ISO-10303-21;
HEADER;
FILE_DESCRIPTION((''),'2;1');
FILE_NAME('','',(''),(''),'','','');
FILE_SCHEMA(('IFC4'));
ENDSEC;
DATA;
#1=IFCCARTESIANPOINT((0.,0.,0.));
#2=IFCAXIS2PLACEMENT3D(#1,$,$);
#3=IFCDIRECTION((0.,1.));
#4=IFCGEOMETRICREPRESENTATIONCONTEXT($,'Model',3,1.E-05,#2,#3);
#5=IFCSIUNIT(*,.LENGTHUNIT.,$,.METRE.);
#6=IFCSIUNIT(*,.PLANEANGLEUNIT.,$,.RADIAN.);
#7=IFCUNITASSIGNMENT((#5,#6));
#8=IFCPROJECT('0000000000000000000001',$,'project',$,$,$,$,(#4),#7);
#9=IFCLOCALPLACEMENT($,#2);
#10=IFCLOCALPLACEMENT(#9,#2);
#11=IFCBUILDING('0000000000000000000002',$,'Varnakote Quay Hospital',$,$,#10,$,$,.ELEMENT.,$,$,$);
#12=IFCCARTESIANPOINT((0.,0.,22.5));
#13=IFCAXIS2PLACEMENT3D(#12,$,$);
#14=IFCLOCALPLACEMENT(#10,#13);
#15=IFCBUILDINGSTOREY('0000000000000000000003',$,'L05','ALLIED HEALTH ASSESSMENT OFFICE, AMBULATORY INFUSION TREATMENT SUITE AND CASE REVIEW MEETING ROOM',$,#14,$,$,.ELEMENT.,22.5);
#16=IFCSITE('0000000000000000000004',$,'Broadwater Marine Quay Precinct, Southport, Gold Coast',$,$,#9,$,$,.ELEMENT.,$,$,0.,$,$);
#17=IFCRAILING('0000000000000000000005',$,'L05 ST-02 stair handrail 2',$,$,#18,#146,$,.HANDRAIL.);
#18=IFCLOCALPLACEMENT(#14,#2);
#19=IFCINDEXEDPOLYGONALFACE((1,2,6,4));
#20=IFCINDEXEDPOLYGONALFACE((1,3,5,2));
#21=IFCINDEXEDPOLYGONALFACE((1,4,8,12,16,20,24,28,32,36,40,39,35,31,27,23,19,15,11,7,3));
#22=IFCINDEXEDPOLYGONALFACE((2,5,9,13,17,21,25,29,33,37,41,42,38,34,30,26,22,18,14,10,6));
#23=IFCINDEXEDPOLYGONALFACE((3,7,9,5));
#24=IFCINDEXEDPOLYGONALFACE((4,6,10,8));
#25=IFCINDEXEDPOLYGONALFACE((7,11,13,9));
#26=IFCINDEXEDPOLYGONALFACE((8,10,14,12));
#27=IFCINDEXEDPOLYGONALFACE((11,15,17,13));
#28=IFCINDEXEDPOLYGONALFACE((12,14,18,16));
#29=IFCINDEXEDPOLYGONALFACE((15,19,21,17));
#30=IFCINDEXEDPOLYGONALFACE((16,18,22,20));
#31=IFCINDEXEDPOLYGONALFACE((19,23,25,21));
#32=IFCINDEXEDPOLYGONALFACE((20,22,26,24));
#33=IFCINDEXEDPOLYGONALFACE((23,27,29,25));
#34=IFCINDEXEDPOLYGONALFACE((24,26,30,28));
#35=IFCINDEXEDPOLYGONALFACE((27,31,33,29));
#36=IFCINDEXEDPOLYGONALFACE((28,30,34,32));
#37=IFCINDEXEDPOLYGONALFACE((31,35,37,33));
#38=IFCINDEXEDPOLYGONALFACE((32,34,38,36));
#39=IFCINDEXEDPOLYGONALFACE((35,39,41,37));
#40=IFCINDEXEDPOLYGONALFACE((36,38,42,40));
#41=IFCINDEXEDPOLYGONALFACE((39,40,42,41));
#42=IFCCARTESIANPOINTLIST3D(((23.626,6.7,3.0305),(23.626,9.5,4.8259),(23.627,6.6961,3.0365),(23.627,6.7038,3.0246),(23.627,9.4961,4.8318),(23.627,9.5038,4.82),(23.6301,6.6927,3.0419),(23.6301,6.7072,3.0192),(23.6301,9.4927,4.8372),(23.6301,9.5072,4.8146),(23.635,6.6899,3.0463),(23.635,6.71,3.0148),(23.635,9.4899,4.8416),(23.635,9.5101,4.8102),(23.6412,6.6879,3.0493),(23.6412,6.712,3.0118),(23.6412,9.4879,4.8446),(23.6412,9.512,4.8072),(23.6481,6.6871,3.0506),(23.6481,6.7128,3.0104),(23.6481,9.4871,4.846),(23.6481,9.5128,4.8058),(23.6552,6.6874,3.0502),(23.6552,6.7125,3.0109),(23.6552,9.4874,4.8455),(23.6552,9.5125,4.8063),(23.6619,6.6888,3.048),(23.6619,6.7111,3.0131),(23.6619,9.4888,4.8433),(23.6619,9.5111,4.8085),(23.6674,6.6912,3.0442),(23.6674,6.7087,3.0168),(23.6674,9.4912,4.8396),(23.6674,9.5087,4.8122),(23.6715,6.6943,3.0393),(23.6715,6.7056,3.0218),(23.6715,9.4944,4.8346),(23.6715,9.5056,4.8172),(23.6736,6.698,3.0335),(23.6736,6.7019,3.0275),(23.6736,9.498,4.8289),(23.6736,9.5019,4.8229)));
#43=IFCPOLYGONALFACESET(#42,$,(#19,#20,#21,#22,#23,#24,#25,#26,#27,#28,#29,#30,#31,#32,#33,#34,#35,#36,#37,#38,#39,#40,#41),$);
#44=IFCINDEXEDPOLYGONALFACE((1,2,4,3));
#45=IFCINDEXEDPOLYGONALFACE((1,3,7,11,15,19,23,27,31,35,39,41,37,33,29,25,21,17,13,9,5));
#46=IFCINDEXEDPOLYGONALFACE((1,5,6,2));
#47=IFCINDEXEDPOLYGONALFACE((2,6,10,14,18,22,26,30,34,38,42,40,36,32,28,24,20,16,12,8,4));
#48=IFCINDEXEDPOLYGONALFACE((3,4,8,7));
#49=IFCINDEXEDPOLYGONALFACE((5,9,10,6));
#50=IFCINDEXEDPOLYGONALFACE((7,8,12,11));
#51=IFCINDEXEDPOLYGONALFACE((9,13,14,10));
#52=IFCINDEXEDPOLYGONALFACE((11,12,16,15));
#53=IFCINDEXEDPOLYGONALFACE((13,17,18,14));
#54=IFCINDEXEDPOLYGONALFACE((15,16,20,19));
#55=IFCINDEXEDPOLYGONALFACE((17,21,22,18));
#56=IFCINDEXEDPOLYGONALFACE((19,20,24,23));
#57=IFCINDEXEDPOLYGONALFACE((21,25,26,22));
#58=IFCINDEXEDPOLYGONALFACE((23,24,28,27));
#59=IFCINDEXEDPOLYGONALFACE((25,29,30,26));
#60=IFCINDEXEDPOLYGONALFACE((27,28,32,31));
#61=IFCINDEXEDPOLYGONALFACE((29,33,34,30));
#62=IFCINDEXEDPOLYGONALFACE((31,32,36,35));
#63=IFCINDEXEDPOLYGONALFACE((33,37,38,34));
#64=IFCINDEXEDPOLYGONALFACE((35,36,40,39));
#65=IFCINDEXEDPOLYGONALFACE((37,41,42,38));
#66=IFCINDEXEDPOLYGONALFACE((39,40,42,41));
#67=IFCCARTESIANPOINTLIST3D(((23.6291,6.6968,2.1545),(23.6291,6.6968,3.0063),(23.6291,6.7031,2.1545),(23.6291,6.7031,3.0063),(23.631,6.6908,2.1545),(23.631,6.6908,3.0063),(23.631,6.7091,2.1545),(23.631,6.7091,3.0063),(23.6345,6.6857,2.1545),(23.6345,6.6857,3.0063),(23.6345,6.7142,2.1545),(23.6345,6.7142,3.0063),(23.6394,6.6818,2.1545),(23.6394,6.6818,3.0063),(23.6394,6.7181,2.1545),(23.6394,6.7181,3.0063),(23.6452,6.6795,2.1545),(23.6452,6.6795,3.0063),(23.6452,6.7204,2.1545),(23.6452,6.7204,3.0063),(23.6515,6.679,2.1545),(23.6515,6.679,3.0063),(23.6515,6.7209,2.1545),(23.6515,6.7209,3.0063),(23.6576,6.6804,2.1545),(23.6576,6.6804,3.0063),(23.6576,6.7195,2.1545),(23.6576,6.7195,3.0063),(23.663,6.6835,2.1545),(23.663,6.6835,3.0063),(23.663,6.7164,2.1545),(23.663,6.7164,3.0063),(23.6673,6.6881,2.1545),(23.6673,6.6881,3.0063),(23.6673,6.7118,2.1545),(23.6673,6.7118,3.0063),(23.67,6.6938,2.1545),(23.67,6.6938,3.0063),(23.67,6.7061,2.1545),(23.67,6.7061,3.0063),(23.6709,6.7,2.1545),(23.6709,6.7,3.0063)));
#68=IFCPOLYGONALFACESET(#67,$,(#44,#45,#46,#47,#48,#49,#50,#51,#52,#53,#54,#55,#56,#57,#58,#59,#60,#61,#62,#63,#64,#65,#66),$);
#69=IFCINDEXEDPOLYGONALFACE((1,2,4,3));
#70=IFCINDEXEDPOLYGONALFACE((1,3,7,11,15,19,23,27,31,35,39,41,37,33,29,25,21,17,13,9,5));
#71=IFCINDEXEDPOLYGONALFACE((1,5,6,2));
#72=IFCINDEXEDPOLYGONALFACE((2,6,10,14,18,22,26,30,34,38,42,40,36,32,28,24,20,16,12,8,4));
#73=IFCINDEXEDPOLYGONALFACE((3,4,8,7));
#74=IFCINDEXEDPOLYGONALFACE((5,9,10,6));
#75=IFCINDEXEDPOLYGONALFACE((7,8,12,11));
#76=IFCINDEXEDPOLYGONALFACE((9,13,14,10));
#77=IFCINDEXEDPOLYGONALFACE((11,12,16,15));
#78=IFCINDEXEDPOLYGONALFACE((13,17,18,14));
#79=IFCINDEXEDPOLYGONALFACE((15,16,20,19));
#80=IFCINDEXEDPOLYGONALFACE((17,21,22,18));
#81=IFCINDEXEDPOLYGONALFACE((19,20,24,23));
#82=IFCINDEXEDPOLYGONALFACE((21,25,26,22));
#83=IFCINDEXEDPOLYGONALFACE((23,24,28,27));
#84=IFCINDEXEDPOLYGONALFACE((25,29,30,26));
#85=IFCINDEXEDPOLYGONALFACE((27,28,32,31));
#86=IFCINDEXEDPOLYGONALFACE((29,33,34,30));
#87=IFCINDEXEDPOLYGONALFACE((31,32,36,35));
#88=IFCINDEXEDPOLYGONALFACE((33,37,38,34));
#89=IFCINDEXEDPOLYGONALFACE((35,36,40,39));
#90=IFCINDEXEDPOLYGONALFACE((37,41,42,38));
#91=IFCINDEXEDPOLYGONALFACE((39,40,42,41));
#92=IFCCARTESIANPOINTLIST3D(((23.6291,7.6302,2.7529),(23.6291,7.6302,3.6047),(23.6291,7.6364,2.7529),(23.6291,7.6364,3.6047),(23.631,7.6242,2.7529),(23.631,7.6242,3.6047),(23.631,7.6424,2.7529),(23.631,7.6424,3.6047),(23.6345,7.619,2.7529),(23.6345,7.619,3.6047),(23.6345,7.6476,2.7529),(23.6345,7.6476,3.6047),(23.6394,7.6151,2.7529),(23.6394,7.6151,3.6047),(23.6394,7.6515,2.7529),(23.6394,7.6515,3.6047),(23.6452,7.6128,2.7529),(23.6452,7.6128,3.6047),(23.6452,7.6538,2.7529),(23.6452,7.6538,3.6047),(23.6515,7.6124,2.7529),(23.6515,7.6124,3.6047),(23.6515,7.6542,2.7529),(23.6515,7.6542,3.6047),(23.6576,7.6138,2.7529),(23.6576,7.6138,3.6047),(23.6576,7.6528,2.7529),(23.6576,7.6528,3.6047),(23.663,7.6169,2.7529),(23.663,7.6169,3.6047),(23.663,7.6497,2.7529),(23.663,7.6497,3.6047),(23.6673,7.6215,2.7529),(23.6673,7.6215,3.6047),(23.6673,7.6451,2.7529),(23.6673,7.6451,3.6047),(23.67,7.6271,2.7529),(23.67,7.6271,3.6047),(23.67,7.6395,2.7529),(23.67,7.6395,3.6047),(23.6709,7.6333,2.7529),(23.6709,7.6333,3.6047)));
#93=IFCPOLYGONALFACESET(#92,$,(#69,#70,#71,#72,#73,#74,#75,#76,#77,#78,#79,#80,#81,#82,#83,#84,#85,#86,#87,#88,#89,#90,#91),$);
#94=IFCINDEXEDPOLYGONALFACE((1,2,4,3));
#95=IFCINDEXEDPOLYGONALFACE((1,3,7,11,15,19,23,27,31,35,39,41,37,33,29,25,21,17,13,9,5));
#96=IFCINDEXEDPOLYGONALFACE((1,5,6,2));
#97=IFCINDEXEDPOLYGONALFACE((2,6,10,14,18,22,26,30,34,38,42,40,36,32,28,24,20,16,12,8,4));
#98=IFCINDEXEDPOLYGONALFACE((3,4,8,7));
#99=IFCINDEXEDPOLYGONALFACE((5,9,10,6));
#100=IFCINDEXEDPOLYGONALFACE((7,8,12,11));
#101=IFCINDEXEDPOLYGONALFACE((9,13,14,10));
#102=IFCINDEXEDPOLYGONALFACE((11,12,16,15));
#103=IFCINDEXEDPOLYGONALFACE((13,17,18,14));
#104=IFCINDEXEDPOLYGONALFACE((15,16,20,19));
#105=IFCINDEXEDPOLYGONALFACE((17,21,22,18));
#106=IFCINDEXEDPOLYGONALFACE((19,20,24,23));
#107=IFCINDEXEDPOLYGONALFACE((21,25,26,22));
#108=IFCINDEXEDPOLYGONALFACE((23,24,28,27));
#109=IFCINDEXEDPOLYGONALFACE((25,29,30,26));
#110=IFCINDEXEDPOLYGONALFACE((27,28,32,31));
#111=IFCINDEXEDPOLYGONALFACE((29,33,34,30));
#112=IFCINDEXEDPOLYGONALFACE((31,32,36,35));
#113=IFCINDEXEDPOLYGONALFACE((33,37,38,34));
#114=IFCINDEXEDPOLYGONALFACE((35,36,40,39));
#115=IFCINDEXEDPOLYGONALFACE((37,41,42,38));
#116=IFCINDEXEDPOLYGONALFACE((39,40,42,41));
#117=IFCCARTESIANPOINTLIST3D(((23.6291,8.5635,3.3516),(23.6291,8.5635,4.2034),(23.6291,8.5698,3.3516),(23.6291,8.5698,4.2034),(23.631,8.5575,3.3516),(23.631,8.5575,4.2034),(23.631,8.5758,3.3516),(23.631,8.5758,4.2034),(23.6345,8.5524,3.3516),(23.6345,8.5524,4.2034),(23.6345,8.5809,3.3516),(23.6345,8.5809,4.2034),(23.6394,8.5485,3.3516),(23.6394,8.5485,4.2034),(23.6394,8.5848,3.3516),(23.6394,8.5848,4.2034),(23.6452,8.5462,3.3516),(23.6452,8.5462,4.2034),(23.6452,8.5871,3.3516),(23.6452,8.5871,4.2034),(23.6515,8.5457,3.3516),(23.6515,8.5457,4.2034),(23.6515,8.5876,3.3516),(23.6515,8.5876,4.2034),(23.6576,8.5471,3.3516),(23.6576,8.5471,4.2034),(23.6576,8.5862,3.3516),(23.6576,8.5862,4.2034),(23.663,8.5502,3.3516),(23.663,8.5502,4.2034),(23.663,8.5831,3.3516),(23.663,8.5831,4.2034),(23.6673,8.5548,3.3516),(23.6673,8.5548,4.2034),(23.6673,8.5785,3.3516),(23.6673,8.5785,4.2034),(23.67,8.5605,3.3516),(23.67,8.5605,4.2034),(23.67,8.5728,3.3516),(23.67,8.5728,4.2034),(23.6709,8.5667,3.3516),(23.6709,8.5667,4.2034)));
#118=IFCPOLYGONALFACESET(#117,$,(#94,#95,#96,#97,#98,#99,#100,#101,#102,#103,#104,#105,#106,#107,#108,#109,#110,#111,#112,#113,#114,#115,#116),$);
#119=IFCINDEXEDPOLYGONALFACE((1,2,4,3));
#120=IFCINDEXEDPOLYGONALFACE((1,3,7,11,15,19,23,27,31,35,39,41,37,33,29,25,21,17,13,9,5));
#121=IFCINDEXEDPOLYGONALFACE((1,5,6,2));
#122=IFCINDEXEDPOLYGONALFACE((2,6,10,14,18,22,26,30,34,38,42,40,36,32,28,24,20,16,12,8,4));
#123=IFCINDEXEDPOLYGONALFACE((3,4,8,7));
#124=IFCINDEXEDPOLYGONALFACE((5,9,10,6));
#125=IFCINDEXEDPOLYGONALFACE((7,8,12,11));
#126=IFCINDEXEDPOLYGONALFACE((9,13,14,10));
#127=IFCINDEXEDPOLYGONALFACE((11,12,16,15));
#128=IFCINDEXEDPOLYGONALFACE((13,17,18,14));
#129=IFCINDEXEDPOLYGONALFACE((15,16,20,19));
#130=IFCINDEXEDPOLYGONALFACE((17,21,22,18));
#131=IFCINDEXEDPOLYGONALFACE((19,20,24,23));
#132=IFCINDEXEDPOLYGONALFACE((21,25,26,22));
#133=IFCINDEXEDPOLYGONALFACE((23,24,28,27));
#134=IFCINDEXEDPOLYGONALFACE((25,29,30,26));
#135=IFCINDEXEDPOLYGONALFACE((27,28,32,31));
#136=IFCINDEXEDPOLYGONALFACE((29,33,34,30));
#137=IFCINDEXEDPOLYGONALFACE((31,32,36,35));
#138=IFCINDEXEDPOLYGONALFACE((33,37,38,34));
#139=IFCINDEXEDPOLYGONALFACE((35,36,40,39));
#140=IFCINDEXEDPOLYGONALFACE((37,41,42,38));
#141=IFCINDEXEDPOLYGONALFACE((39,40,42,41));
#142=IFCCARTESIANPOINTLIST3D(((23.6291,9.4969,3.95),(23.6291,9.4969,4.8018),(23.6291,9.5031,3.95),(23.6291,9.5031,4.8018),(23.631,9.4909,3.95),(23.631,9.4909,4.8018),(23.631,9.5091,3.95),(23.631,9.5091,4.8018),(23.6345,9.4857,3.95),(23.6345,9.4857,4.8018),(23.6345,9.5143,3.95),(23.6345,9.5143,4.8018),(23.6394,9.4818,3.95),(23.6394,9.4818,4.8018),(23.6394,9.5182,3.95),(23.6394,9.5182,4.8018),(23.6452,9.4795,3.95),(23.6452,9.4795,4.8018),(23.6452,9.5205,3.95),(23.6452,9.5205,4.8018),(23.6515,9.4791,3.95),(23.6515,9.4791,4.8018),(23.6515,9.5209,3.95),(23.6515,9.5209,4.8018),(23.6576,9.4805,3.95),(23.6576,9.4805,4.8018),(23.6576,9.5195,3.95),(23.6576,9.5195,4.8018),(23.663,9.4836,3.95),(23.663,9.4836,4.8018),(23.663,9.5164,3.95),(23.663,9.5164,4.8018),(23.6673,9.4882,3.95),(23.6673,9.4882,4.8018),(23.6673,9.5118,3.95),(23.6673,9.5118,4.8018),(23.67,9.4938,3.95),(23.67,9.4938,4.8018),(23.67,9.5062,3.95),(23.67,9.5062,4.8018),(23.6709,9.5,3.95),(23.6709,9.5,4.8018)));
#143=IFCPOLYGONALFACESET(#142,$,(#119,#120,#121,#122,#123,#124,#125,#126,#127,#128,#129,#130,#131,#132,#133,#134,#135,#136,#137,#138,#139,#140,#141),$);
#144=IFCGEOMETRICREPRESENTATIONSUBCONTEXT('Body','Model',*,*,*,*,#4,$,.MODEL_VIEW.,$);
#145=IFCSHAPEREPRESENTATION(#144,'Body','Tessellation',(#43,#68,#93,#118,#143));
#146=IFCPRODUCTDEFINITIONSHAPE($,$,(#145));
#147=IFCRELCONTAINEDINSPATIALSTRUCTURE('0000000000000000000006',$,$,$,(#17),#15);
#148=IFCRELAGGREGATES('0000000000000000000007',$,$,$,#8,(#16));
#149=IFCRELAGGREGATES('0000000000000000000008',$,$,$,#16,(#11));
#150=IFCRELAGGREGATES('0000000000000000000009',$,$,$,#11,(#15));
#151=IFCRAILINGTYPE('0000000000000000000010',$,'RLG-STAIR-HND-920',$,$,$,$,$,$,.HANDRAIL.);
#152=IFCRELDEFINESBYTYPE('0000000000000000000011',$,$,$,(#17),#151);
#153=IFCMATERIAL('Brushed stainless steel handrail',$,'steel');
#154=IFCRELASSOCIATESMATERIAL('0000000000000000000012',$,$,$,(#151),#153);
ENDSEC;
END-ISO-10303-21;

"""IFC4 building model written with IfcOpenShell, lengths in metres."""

from ifc_helpers import new_model, si_unit, direction, frame, origin, origin_2d, place, context, subcontext, project, spatial, circle, extrude, material, type_object, element, save


model = new_model("IFC4")

# Units and contexts
model_context = context("Model", 3, precision=1e-05, world=origin(), true_north=direction((0.0, 1.0)))
body_context = subcontext(model_context, "Body", "Model", "MODEL_VIEW")
ifc_project = project(units=[si_unit("LENGTHUNIT", "METRE"), si_unit("PLANEANGLEUNIT", "RADIAN")], contexts=[model_context])

# Site, building, storey
site_placement = place(None, origin())
site = spatial("IfcSite", under=ifc_project, at=site_placement, Name="Broadwater Marine Quay Precinct, Southport, Gold Coast", CompositionType="ELEMENT", RefElevation=0.0)
building_placement = place(site_placement, origin())
building = spatial("IfcBuilding", under=site, at=building_placement, Name="Varnakote Quay Hospital", CompositionType="ELEMENT")
storey_placement = place(building_placement, frame((0.0, 0.0, 22.5)))
storey = spatial("IfcBuildingStorey", under=building, at=storey_placement, Name="L05", Description="ALLIED HEALTH ASSESSMENT OFFICE, AMBULATORY INFUSION TREATMENT SUITE AND CASE REVIEW MEETING ROOM", CompositionType="ELEMENT", Elevation=22.5)

# Railing
ifc_material_1 = material(Name="Brushed stainless steel handrail", Category="steel")
railing_type = type_object("IfcRailingType", Name="RLG-STAIR-HND-920", PredefinedType="HANDRAIL", material=ifc_material_1)
railing_placement = place(storey_placement, frame((23.6499, 6.7, 2.1545)))
element("IfcRailing", 1, at=railing_placement, inside=storey, type_object=railing_type, Name="L05 ST-02 stair handrail 2", PredefinedType="HANDRAIL", context=body_context, shape_type="SweptSolid", body=[
    extrude(circle(Radius=0.0239, at=origin_2d()), frame((0.0, 0.0, 0.876), z_axis=(0.0, 0.84181, 0.539774), x_axis=(-1.0, 0.0, 0.0)), (0.0, 0.0, 1.0), 3.3262),
    extrude(circle(Radius=0.021, at=origin_2d()), origin(), (0.0, 0.0, 1.0), 0.8518),
    extrude(circle(Radius=0.021, at=origin_2d()), frame((0.0, 0.9333, 0.5984)), (0.0, 0.0, 1.0), 0.8518),
    extrude(circle(Radius=0.021, at=origin_2d()), frame((0.0, 1.8667, 1.197)), (0.0, 0.0, 1.0), 0.8518),
    extrude(circle(Radius=0.021, at=origin_2d()), frame((0.0, 2.8, 1.7954)), (0.0, 0.0, 1.0), 0.8518),
])

save(model, "model.ifc")
